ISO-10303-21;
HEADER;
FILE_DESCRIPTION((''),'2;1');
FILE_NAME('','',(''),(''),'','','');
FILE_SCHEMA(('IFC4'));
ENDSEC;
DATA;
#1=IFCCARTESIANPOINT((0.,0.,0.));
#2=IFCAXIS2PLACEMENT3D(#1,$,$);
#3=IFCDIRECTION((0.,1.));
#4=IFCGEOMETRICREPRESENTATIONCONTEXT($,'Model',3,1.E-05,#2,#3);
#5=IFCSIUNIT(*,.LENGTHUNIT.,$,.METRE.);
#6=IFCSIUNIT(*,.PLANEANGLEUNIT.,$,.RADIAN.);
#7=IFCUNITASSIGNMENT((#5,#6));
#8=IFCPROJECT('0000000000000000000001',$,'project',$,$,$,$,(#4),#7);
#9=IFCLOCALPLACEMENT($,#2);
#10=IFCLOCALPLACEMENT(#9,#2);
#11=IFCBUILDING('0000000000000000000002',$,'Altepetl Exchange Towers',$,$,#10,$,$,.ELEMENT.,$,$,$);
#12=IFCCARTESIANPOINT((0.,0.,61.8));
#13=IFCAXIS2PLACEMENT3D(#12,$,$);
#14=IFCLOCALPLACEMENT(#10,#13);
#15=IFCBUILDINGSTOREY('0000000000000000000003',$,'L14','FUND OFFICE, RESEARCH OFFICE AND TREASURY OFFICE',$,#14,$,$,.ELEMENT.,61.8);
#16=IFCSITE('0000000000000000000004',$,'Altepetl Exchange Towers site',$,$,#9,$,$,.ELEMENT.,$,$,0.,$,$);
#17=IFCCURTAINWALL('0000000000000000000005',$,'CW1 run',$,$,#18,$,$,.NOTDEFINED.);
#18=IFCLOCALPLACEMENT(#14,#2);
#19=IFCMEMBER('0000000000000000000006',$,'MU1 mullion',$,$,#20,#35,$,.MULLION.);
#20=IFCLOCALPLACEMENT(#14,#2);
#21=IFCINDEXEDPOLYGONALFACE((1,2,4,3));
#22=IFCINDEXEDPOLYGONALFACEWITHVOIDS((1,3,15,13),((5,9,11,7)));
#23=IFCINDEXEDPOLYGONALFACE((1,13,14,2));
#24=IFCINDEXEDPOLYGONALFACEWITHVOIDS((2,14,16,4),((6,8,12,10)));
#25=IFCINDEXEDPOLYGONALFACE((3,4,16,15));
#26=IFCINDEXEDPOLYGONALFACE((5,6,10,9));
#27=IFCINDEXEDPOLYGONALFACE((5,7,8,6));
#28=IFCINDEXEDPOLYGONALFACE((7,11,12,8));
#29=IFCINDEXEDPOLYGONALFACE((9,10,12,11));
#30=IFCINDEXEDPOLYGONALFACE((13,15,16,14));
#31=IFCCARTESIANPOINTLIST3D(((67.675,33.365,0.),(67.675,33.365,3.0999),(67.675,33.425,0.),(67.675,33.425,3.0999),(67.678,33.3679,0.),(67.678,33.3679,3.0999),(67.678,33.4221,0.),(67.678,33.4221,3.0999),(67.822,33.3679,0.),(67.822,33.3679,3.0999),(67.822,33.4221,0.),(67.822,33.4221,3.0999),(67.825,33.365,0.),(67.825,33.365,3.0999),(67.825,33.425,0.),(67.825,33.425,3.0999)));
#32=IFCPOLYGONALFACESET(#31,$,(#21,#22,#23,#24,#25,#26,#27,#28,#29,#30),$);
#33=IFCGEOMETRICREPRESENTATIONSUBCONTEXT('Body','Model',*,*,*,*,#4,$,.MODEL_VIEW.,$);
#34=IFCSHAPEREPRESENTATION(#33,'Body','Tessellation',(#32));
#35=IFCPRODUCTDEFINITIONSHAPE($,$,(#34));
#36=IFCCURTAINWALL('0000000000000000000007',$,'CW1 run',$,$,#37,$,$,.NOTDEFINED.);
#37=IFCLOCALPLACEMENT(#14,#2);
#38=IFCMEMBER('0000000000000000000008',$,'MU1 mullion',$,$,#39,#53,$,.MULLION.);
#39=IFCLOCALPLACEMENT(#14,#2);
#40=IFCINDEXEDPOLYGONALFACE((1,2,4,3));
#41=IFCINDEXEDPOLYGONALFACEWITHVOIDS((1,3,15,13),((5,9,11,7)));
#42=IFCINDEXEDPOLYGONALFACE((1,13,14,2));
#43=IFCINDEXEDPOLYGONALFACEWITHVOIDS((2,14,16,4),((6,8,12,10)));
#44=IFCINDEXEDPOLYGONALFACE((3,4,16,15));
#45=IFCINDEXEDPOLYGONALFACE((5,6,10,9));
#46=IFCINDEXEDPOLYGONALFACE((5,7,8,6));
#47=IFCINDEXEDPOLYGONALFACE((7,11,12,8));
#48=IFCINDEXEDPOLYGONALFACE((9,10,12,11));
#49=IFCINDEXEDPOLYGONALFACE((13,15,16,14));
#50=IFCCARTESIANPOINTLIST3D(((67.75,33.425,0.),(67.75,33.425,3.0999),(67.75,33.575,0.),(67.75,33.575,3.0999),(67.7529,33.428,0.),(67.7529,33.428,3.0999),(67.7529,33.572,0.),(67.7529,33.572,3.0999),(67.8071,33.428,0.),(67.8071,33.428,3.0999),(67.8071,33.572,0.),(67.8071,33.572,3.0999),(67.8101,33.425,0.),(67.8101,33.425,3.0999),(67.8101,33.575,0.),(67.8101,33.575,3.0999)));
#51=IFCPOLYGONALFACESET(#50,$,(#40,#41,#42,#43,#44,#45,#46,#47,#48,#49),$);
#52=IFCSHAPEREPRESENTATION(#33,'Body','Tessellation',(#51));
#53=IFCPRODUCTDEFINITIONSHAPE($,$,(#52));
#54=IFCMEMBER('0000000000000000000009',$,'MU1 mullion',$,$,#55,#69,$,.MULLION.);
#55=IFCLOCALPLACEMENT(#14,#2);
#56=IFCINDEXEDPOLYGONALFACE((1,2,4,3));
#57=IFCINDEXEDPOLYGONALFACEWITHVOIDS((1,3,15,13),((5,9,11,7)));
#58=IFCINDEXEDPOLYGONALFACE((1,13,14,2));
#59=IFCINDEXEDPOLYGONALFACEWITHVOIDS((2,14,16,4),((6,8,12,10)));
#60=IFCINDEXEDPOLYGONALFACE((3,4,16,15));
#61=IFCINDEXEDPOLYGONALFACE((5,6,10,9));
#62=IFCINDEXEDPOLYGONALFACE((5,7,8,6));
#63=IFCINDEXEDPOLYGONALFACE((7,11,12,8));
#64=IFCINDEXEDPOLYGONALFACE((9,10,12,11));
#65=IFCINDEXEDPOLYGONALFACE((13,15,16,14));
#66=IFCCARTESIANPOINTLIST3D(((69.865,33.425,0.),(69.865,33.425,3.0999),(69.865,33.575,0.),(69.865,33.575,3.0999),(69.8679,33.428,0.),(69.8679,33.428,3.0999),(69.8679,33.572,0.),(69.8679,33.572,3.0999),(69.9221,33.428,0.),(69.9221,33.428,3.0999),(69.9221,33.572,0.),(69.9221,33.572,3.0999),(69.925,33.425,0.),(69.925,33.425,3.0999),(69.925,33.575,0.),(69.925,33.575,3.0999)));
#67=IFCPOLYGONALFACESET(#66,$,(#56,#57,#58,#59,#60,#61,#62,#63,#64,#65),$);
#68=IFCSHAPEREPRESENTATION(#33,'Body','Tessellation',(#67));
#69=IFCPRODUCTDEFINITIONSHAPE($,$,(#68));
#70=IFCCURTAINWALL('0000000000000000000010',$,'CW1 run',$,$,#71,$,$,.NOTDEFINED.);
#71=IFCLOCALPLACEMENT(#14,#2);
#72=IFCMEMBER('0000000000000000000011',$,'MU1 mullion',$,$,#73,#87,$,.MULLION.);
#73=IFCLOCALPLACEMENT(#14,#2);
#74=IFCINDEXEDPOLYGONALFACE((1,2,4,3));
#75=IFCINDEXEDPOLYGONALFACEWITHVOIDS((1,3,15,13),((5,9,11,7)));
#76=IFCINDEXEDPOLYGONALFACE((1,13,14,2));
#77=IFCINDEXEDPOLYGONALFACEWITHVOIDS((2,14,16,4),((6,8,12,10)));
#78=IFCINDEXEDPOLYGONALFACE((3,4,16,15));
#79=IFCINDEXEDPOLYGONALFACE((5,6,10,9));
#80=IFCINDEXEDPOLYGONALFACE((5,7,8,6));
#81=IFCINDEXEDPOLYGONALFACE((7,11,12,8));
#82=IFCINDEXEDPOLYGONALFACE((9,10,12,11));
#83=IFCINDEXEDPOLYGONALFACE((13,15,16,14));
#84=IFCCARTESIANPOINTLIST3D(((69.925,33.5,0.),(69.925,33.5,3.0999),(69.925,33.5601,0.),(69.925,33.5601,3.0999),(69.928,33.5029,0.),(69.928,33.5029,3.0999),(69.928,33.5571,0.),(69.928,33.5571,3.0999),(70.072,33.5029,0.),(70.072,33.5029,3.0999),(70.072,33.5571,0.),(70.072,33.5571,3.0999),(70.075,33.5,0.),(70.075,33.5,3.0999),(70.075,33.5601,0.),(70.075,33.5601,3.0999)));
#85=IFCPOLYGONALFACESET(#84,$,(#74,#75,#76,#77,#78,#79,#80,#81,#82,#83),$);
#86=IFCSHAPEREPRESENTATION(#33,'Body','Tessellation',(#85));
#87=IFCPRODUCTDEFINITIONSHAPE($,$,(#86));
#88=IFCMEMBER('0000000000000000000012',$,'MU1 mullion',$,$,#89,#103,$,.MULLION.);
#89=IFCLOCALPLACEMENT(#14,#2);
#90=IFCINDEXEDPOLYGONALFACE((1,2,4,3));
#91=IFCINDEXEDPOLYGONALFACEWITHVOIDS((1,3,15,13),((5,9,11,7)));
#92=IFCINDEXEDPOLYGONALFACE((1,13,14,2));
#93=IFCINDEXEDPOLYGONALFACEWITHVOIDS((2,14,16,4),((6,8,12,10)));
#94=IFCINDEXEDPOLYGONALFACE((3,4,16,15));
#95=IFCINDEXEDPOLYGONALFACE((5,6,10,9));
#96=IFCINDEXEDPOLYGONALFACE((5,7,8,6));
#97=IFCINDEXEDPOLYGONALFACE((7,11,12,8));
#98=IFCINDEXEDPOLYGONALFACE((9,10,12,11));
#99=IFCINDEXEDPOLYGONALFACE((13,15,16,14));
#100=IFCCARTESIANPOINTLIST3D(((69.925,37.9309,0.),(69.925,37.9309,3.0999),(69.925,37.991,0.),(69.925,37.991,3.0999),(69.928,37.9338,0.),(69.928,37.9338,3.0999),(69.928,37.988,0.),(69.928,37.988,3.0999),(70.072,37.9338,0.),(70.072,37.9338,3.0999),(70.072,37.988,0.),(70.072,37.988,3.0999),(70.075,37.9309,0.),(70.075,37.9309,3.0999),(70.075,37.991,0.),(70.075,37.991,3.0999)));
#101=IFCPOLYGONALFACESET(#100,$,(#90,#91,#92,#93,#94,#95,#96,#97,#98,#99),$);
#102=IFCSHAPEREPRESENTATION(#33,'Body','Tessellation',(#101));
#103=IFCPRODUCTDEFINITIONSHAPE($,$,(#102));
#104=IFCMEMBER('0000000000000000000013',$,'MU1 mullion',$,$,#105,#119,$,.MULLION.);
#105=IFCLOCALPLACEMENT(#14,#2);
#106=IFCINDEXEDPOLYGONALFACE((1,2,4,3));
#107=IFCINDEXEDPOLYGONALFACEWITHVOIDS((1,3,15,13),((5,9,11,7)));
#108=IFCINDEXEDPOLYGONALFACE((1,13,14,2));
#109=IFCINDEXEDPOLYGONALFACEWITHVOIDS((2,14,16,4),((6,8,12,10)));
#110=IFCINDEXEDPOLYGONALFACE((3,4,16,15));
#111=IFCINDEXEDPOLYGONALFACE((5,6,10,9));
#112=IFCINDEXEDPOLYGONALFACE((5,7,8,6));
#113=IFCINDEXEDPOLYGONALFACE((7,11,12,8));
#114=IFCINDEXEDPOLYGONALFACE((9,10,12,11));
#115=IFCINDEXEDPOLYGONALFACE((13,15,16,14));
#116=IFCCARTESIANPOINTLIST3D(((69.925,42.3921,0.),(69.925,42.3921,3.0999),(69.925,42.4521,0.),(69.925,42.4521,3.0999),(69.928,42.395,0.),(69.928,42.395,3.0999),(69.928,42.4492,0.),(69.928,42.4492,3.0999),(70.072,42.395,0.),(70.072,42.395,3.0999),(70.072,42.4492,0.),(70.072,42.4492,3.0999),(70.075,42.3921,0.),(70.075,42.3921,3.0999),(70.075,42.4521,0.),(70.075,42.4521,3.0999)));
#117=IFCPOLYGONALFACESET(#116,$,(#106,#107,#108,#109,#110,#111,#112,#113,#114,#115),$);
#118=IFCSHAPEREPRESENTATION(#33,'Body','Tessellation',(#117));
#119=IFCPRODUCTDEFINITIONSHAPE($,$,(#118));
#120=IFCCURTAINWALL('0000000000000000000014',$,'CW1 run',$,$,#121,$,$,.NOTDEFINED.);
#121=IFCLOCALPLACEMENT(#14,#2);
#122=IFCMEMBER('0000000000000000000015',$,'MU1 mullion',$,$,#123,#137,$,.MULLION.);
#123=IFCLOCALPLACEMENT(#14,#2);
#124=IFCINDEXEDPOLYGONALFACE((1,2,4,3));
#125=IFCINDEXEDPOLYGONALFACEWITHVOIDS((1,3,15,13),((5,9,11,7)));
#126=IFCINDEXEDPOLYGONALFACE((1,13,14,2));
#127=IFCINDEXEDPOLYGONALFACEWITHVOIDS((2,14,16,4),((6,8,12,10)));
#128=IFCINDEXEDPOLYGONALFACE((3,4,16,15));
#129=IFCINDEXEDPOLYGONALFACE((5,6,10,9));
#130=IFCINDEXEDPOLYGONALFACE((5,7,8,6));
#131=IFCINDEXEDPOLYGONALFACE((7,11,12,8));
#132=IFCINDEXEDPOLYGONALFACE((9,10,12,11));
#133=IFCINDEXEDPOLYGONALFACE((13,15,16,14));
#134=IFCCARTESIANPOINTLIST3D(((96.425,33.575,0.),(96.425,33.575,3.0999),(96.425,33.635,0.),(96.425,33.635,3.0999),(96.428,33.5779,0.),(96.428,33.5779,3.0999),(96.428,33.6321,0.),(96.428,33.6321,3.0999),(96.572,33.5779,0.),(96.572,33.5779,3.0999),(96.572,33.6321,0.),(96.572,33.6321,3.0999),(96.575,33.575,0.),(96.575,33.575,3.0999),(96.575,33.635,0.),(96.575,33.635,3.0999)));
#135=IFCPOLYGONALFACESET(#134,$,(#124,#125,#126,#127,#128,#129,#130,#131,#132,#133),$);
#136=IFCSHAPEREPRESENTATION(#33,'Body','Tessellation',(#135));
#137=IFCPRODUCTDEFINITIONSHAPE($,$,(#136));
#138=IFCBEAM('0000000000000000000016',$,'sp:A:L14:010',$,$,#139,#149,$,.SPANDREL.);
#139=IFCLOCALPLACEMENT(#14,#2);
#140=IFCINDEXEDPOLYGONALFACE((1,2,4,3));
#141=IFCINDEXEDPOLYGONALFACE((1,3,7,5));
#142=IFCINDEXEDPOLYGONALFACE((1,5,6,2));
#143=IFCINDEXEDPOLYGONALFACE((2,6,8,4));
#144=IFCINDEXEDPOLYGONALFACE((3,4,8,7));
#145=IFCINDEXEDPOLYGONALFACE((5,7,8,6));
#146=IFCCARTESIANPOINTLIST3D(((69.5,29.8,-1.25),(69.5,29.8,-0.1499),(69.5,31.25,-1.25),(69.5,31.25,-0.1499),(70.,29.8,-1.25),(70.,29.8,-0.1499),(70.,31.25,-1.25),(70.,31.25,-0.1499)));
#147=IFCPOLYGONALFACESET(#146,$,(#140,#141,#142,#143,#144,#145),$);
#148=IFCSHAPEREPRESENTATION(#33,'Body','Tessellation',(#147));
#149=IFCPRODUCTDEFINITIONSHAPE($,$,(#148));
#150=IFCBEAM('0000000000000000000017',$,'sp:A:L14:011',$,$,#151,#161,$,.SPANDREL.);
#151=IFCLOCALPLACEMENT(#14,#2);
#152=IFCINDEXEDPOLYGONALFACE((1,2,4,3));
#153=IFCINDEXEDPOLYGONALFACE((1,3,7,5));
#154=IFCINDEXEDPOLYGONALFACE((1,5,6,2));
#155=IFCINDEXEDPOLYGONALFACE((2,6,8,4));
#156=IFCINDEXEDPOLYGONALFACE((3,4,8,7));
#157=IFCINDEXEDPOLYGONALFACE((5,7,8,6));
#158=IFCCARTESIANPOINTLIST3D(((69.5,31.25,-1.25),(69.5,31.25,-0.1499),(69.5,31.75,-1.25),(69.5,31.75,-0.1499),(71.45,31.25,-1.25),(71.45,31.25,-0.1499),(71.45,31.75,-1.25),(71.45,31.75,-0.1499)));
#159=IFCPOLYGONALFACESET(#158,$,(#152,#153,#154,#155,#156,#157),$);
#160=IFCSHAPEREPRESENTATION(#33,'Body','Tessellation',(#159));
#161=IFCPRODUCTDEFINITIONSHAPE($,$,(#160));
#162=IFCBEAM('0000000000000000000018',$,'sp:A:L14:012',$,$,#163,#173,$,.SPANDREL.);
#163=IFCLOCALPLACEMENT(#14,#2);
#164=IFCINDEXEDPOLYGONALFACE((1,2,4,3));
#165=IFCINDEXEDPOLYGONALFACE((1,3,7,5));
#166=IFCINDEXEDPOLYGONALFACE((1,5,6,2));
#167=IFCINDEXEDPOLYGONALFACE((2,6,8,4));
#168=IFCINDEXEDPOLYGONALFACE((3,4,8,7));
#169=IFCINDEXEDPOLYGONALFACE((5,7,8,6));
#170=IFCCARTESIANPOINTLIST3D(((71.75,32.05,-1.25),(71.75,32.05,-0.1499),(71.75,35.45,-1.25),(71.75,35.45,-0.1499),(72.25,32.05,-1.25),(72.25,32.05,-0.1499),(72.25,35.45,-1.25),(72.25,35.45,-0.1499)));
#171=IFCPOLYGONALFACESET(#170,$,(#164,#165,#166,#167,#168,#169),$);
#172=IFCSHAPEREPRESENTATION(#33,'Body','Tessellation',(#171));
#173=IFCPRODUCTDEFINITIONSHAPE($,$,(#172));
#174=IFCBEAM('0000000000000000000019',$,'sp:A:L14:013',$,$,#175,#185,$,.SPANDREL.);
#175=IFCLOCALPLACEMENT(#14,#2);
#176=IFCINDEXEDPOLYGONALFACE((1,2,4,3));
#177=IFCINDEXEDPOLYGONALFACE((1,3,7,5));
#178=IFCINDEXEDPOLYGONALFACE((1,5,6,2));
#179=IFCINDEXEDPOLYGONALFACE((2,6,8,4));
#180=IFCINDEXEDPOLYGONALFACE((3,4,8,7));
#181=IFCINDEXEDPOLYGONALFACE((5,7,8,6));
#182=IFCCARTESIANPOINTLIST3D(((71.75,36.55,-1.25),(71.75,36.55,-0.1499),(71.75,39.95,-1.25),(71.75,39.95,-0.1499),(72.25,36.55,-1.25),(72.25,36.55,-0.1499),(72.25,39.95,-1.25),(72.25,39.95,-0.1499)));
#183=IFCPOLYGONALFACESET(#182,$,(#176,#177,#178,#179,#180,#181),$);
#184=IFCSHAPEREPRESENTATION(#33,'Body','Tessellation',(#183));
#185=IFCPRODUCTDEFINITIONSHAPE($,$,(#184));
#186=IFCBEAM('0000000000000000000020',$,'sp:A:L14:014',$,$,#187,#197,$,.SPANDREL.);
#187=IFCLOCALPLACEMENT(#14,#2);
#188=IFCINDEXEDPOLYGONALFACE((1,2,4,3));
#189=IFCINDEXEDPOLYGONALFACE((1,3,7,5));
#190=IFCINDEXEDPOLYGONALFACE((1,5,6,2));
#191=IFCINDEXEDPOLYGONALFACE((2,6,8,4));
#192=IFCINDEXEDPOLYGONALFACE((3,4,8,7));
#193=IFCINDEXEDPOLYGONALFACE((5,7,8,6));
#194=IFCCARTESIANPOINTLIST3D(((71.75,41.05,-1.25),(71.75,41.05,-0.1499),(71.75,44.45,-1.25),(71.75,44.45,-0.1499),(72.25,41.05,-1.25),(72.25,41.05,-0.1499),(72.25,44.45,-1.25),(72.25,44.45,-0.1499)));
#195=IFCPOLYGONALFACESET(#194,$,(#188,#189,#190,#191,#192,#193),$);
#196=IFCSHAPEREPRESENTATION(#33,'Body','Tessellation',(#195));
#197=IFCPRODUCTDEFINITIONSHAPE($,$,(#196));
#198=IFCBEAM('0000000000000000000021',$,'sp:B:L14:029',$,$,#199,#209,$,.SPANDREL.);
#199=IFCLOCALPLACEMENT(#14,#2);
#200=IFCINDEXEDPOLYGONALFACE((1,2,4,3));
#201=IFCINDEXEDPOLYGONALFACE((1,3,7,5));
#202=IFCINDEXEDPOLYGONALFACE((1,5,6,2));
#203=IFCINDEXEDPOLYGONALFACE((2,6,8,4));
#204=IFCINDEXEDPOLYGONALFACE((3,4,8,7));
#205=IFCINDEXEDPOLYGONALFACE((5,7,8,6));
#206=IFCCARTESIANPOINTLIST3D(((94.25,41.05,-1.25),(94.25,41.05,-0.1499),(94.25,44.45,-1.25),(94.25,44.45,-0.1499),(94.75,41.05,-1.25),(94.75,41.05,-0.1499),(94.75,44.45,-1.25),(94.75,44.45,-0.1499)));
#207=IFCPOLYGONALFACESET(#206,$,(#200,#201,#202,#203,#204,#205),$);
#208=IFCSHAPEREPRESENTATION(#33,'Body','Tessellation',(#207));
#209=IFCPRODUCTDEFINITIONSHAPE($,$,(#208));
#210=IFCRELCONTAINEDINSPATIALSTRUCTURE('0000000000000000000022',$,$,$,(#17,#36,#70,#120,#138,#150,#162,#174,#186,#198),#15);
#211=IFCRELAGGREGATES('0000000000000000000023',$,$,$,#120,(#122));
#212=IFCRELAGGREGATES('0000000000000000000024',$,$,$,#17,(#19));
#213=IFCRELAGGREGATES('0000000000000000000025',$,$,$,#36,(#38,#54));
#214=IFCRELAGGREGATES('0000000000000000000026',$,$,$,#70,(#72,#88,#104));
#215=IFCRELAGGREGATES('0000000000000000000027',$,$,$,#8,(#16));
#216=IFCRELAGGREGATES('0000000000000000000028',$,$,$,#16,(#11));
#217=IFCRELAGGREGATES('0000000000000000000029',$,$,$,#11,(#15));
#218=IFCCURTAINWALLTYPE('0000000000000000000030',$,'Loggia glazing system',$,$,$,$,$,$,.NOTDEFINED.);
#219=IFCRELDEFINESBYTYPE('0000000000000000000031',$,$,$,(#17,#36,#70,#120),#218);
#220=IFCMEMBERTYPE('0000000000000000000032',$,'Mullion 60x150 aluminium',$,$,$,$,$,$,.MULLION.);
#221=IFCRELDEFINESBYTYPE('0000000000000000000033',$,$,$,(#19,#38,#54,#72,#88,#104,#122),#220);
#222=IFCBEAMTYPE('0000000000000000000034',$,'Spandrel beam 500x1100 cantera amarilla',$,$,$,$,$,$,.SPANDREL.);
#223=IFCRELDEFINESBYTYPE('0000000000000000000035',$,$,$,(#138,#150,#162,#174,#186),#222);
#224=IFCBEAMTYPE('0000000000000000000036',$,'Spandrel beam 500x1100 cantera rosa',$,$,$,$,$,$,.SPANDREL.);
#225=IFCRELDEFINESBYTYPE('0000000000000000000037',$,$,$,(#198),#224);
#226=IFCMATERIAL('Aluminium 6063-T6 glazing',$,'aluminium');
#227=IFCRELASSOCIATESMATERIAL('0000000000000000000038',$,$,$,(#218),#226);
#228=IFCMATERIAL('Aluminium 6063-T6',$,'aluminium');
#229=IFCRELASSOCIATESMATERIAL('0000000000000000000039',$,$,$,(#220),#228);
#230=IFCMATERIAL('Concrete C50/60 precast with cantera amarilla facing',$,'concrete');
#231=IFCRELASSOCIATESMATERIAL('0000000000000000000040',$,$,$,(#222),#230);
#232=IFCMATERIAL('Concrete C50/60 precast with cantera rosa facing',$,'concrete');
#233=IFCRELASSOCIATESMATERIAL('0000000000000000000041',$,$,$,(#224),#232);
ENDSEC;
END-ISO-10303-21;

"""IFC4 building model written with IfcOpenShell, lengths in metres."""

from ifc_helpers import new_model, si_unit, direction, frame, origin, origin_2d, place, context, subcontext, project, spatial, rectangle, hollow_rectangle, extrude, material, material_profile, profile_set, type_object, element, aggregate, save


model = new_model("IFC4")

# Units and contexts
model_context = context("Model", 3, precision=1e-05, world=origin(), true_north=direction((0.0, 1.0)))
body_context = subcontext(model_context, "Body", "Model", "MODEL_VIEW")
ifc_project = project(units=[si_unit("LENGTHUNIT", "METRE"), si_unit("PLANEANGLEUNIT", "RADIAN")], contexts=[model_context])

# Site, building, storey
site_placement = place(None, origin())
site = spatial("IfcSite", under=ifc_project, at=site_placement, Name="Altepetl Exchange Towers site", CompositionType="ELEMENT", RefElevation=0.0)
building_placement = place(site_placement, origin())
building = spatial("IfcBuilding", under=site, at=building_placement, Name="Altepetl Exchange Towers", CompositionType="ELEMENT")
storey_placement = place(building_placement, frame((0.0, 0.0, 61.8)))
storey = spatial("IfcBuildingStorey", under=building, at=storey_placement, Name="L14", Description="FUND OFFICE, RESEARCH OFFICE AND TREASURY OFFICE", CompositionType="ELEMENT", Elevation=61.8)

# Shared definitions
ifc_material_1 = material(Name="Aluminium 6063-T6 glazing", Category="aluminium")
curtain_wall_type = type_object("IfcCurtainWallType", Name="Loggia glazing system", PredefinedType="NOTDEFINED", material=ifc_material_1)
ifc_material_2 = material(Name="Aluminium 6063-T6", Category="aluminium")
ifc_material_profile_1 = material_profile(ifc_material_2, hollow_rectangle(XDim=0.0601, YDim=0.1499, WallThickness=0.0029, at=origin_2d()), Name="Mullion 60x150 aluminium")
ifc_profile_set_1 = profile_set([ifc_material_profile_1], Name="Aluminium 6063-T6")
member_type = type_object("IfcMemberType", Name="Mullion 60x150 aluminium", PredefinedType="MULLION", material=ifc_profile_set_1)

# Curtain walls, members
curtain_wall_1_placement = place(storey_placement, origin())
curtain_wall_1 = element("IfcCurtainWall", 1, at=curtain_wall_1_placement, inside=storey, type_object=curtain_wall_type, Name="CW1 run", PredefinedType="NOTDEFINED")
member_1_placement = place(storey_placement, frame((67.75, 33.395, 0.0), z_axis=(0.0, 0.0, 1.0), x_axis=(0.0, 1.0, 0.0)))
member_1 = element("IfcMember", 2, at=member_1_placement, type_object=member_type, Name="MU1 mullion", PredefinedType="MULLION", context=body_context, shape_type="SweptSolid", body=[
    extrude(hollow_rectangle(XDim=0.0601, YDim=0.1499, WallThickness=0.0029, at=origin_2d()), origin(), (0.0, 0.0, 1.0), 3.0999),
])
curtain_wall_2_placement = place(storey_placement, origin())
curtain_wall_2 = element("IfcCurtainWall", 3, at=curtain_wall_2_placement, inside=storey, type_object=curtain_wall_type, Name="CW1 run", PredefinedType="NOTDEFINED")
member_2_placement = place(storey_placement, frame((67.78, 33.5, 0.0)))
member_2 = element("IfcMember", 4, at=member_2_placement, type_object=member_type, Name="MU1 mullion", PredefinedType="MULLION", context=body_context, shape_type="SweptSolid", body=[
    extrude(hollow_rectangle(XDim=0.0601, YDim=0.1499, WallThickness=0.0029, at=origin_2d()), origin(), (0.0, 0.0, 1.0), 3.0999),
])
member_3_placement = place(storey_placement, frame((69.895, 33.5, 0.0)))
member_3 = element("IfcMember", 5, at=member_3_placement, type_object=member_type, Name="MU1 mullion", PredefinedType="MULLION", context=body_context, shape_type="SweptSolid", body=[
    extrude(hollow_rectangle(XDim=0.0601, YDim=0.1499, WallThickness=0.0029, at=origin_2d()), origin(), (0.0, 0.0, 1.0), 3.0999),
])
curtain_wall_3_placement = place(storey_placement, origin())
curtain_wall_3 = element("IfcCurtainWall", 6, at=curtain_wall_3_placement, inside=storey, type_object=curtain_wall_type, Name="CW1 run", PredefinedType="NOTDEFINED")
member_4_placement = place(storey_placement, frame((70.0, 33.53, 0.0), z_axis=(0.0, 0.0, 1.0), x_axis=(0.0, 1.0, 0.0)))
member_4 = element("IfcMember", 7, at=member_4_placement, type_object=member_type, Name="MU1 mullion", PredefinedType="MULLION", context=body_context, shape_type="SweptSolid", body=[
    extrude(hollow_rectangle(XDim=0.0601, YDim=0.1499, WallThickness=0.0029, at=origin_2d()), origin(), (0.0, 0.0, 1.0), 3.0999),
])
member_5_placement = place(storey_placement, frame((70.0, 37.9609, 0.0), z_axis=(0.0, 0.0, 1.0), x_axis=(0.0, 1.0, 0.0)))
member_5 = element("IfcMember", 8, at=member_5_placement, type_object=member_type, Name="MU1 mullion", PredefinedType="MULLION", context=body_context, shape_type="SweptSolid", body=[
    extrude(hollow_rectangle(XDim=0.0601, YDim=0.1499, WallThickness=0.0029, at=origin_2d()), origin(), (0.0, 0.0, 1.0), 3.0999),
])
member_6_placement = place(storey_placement, frame((70.0, 42.4221, 0.0), z_axis=(0.0, 0.0, 1.0), x_axis=(0.0, 1.0, 0.0)))
member_6 = element("IfcMember", 9, at=member_6_placement, type_object=member_type, Name="MU1 mullion", PredefinedType="MULLION", context=body_context, shape_type="SweptSolid", body=[
    extrude(hollow_rectangle(XDim=0.0601, YDim=0.1499, WallThickness=0.0029, at=origin_2d()), origin(), (0.0, 0.0, 1.0), 3.0999),
])

# Curtain wall, member
curtain_wall_4_placement = place(storey_placement, origin())
curtain_wall_4 = element("IfcCurtainWall", 10, at=curtain_wall_4_placement, inside=storey, type_object=curtain_wall_type, Name="CW1 run", PredefinedType="NOTDEFINED")
member_7_placement = place(storey_placement, frame((96.5, 33.605, 0.0), z_axis=(0.0, 0.0, 1.0), x_axis=(0.0, -1.0, 0.0)))
member_7 = element("IfcMember", 11, at=member_7_placement, type_object=member_type, Name="MU1 mullion", PredefinedType="MULLION", context=body_context, shape_type="SweptSolid", body=[
    extrude(hollow_rectangle(XDim=0.0601, YDim=0.1499, WallThickness=0.0029, at=origin_2d()), origin(), (0.0, 0.0, 1.0), 3.0999),
])
aggregate(curtain_wall_4, [member_7])

# Beams
ifc_material_3 = material(Name="Concrete C50/60 precast with cantera amarilla facing", Category="concrete")
ifc_material_profile_2 = material_profile(ifc_material_3, rectangle(XDim=0.5, YDim=1.1001, at=origin_2d()), Name="500 x 1100")
ifc_profile_set_2 = profile_set([ifc_material_profile_2], Name="Concrete C50/60 precast with cantera amarilla facing")
beam_type_1 = type_object("IfcBeamType", Name="Spandrel beam 500x1100 cantera amarilla", PredefinedType="SPANDREL", material=ifc_profile_set_2)
beam_1_placement = place(storey_placement, frame((69.75, 29.8, -0.7), z_axis=(0.0, 1.0, 0.0), x_axis=(-1.0, 0.0, 0.0)))
element("IfcBeam", 12, at=beam_1_placement, inside=storey, type_object=beam_type_1, Name="sp:A:L14:010", PredefinedType="SPANDREL", context=body_context, shape_type="SweptSolid", body=[
    extrude(rectangle(XDim=0.5, YDim=1.1001, at=origin_2d()), origin(), (0.0, 0.0, 1.0), 1.45),
])
beam_2_placement = place(storey_placement, frame((69.5, 31.5, -0.7), z_axis=(1.0, 0.0, 0.0), x_axis=(0.0, 1.0, 0.0)))
element("IfcBeam", 13, at=beam_2_placement, inside=storey, type_object=beam_type_1, Name="sp:A:L14:011", PredefinedType="SPANDREL", context=body_context, shape_type="SweptSolid", body=[
    extrude(rectangle(XDim=0.5, YDim=1.1001, at=origin_2d()), origin(), (0.0, 0.0, 1.0), 1.95),
])
for number, where, z_axis, x_axis, name in (
    (14, (72.0, 32.05, -0.7), (0.0, 1.0, 0.0), (-1.0, 0.0, 0.0), "sp:A:L14:012"),
    (15, (72.0, 36.55, -0.7), (0.0, 1.0, 0.0), (-1.0, 0.0, 0.0), "sp:A:L14:013"),
    (16, (72.0, 41.05, -0.7), (0.0, 1.0, 0.0), (-1.0, 0.0, 0.0), "sp:A:L14:014"),
):
    element("IfcBeam", number, at=place(storey_placement, frame(where, z_axis=z_axis, x_axis=x_axis)), inside=storey, type_object=beam_type_1, Name=name, PredefinedType="SPANDREL", context=body_context, shape_type="SweptSolid", body=[
        extrude(rectangle(XDim=0.5, YDim=1.1001, at=origin_2d()), origin(), (0.0, 0.0, 1.0), 3.3999),
    ])
ifc_material_4 = material(Name="Concrete C50/60 precast with cantera rosa facing", Category="concrete")
ifc_material_profile_3 = material_profile(ifc_material_4, rectangle(XDim=0.5, YDim=1.1001, at=origin_2d()), Name="500 x 1100")
ifc_profile_set_3 = profile_set([ifc_material_profile_3], Name="Concrete C50/60 precast with cantera rosa facing")
beam_type_2 = type_object("IfcBeamType", Name="Spandrel beam 500x1100 cantera rosa", PredefinedType="SPANDREL", material=ifc_profile_set_3)
for number, where, z_axis, x_axis, name in (
    (17, (94.5, 44.45, -0.7), (0.0, -1.0, 0.0), (1.0, 0.0, 0.0), "sp:B:L14:029"),
):
    element("IfcBeam", number, at=place(storey_placement, frame(where, z_axis=z_axis, x_axis=x_axis)), inside=storey, type_object=beam_type_2, Name=name, PredefinedType="SPANDREL", context=body_context, shape_type="SweptSolid", body=[
        extrude(rectangle(XDim=0.5, YDim=1.1001, at=origin_2d()), origin(), (0.0, 0.0, 1.0), 3.3999),
    ])

aggregate(curtain_wall_1, [member_1])
aggregate(curtain_wall_2, [member_2, member_3])
aggregate(curtain_wall_3, [member_4, member_5, member_6])

save(model, "model.ifc")
